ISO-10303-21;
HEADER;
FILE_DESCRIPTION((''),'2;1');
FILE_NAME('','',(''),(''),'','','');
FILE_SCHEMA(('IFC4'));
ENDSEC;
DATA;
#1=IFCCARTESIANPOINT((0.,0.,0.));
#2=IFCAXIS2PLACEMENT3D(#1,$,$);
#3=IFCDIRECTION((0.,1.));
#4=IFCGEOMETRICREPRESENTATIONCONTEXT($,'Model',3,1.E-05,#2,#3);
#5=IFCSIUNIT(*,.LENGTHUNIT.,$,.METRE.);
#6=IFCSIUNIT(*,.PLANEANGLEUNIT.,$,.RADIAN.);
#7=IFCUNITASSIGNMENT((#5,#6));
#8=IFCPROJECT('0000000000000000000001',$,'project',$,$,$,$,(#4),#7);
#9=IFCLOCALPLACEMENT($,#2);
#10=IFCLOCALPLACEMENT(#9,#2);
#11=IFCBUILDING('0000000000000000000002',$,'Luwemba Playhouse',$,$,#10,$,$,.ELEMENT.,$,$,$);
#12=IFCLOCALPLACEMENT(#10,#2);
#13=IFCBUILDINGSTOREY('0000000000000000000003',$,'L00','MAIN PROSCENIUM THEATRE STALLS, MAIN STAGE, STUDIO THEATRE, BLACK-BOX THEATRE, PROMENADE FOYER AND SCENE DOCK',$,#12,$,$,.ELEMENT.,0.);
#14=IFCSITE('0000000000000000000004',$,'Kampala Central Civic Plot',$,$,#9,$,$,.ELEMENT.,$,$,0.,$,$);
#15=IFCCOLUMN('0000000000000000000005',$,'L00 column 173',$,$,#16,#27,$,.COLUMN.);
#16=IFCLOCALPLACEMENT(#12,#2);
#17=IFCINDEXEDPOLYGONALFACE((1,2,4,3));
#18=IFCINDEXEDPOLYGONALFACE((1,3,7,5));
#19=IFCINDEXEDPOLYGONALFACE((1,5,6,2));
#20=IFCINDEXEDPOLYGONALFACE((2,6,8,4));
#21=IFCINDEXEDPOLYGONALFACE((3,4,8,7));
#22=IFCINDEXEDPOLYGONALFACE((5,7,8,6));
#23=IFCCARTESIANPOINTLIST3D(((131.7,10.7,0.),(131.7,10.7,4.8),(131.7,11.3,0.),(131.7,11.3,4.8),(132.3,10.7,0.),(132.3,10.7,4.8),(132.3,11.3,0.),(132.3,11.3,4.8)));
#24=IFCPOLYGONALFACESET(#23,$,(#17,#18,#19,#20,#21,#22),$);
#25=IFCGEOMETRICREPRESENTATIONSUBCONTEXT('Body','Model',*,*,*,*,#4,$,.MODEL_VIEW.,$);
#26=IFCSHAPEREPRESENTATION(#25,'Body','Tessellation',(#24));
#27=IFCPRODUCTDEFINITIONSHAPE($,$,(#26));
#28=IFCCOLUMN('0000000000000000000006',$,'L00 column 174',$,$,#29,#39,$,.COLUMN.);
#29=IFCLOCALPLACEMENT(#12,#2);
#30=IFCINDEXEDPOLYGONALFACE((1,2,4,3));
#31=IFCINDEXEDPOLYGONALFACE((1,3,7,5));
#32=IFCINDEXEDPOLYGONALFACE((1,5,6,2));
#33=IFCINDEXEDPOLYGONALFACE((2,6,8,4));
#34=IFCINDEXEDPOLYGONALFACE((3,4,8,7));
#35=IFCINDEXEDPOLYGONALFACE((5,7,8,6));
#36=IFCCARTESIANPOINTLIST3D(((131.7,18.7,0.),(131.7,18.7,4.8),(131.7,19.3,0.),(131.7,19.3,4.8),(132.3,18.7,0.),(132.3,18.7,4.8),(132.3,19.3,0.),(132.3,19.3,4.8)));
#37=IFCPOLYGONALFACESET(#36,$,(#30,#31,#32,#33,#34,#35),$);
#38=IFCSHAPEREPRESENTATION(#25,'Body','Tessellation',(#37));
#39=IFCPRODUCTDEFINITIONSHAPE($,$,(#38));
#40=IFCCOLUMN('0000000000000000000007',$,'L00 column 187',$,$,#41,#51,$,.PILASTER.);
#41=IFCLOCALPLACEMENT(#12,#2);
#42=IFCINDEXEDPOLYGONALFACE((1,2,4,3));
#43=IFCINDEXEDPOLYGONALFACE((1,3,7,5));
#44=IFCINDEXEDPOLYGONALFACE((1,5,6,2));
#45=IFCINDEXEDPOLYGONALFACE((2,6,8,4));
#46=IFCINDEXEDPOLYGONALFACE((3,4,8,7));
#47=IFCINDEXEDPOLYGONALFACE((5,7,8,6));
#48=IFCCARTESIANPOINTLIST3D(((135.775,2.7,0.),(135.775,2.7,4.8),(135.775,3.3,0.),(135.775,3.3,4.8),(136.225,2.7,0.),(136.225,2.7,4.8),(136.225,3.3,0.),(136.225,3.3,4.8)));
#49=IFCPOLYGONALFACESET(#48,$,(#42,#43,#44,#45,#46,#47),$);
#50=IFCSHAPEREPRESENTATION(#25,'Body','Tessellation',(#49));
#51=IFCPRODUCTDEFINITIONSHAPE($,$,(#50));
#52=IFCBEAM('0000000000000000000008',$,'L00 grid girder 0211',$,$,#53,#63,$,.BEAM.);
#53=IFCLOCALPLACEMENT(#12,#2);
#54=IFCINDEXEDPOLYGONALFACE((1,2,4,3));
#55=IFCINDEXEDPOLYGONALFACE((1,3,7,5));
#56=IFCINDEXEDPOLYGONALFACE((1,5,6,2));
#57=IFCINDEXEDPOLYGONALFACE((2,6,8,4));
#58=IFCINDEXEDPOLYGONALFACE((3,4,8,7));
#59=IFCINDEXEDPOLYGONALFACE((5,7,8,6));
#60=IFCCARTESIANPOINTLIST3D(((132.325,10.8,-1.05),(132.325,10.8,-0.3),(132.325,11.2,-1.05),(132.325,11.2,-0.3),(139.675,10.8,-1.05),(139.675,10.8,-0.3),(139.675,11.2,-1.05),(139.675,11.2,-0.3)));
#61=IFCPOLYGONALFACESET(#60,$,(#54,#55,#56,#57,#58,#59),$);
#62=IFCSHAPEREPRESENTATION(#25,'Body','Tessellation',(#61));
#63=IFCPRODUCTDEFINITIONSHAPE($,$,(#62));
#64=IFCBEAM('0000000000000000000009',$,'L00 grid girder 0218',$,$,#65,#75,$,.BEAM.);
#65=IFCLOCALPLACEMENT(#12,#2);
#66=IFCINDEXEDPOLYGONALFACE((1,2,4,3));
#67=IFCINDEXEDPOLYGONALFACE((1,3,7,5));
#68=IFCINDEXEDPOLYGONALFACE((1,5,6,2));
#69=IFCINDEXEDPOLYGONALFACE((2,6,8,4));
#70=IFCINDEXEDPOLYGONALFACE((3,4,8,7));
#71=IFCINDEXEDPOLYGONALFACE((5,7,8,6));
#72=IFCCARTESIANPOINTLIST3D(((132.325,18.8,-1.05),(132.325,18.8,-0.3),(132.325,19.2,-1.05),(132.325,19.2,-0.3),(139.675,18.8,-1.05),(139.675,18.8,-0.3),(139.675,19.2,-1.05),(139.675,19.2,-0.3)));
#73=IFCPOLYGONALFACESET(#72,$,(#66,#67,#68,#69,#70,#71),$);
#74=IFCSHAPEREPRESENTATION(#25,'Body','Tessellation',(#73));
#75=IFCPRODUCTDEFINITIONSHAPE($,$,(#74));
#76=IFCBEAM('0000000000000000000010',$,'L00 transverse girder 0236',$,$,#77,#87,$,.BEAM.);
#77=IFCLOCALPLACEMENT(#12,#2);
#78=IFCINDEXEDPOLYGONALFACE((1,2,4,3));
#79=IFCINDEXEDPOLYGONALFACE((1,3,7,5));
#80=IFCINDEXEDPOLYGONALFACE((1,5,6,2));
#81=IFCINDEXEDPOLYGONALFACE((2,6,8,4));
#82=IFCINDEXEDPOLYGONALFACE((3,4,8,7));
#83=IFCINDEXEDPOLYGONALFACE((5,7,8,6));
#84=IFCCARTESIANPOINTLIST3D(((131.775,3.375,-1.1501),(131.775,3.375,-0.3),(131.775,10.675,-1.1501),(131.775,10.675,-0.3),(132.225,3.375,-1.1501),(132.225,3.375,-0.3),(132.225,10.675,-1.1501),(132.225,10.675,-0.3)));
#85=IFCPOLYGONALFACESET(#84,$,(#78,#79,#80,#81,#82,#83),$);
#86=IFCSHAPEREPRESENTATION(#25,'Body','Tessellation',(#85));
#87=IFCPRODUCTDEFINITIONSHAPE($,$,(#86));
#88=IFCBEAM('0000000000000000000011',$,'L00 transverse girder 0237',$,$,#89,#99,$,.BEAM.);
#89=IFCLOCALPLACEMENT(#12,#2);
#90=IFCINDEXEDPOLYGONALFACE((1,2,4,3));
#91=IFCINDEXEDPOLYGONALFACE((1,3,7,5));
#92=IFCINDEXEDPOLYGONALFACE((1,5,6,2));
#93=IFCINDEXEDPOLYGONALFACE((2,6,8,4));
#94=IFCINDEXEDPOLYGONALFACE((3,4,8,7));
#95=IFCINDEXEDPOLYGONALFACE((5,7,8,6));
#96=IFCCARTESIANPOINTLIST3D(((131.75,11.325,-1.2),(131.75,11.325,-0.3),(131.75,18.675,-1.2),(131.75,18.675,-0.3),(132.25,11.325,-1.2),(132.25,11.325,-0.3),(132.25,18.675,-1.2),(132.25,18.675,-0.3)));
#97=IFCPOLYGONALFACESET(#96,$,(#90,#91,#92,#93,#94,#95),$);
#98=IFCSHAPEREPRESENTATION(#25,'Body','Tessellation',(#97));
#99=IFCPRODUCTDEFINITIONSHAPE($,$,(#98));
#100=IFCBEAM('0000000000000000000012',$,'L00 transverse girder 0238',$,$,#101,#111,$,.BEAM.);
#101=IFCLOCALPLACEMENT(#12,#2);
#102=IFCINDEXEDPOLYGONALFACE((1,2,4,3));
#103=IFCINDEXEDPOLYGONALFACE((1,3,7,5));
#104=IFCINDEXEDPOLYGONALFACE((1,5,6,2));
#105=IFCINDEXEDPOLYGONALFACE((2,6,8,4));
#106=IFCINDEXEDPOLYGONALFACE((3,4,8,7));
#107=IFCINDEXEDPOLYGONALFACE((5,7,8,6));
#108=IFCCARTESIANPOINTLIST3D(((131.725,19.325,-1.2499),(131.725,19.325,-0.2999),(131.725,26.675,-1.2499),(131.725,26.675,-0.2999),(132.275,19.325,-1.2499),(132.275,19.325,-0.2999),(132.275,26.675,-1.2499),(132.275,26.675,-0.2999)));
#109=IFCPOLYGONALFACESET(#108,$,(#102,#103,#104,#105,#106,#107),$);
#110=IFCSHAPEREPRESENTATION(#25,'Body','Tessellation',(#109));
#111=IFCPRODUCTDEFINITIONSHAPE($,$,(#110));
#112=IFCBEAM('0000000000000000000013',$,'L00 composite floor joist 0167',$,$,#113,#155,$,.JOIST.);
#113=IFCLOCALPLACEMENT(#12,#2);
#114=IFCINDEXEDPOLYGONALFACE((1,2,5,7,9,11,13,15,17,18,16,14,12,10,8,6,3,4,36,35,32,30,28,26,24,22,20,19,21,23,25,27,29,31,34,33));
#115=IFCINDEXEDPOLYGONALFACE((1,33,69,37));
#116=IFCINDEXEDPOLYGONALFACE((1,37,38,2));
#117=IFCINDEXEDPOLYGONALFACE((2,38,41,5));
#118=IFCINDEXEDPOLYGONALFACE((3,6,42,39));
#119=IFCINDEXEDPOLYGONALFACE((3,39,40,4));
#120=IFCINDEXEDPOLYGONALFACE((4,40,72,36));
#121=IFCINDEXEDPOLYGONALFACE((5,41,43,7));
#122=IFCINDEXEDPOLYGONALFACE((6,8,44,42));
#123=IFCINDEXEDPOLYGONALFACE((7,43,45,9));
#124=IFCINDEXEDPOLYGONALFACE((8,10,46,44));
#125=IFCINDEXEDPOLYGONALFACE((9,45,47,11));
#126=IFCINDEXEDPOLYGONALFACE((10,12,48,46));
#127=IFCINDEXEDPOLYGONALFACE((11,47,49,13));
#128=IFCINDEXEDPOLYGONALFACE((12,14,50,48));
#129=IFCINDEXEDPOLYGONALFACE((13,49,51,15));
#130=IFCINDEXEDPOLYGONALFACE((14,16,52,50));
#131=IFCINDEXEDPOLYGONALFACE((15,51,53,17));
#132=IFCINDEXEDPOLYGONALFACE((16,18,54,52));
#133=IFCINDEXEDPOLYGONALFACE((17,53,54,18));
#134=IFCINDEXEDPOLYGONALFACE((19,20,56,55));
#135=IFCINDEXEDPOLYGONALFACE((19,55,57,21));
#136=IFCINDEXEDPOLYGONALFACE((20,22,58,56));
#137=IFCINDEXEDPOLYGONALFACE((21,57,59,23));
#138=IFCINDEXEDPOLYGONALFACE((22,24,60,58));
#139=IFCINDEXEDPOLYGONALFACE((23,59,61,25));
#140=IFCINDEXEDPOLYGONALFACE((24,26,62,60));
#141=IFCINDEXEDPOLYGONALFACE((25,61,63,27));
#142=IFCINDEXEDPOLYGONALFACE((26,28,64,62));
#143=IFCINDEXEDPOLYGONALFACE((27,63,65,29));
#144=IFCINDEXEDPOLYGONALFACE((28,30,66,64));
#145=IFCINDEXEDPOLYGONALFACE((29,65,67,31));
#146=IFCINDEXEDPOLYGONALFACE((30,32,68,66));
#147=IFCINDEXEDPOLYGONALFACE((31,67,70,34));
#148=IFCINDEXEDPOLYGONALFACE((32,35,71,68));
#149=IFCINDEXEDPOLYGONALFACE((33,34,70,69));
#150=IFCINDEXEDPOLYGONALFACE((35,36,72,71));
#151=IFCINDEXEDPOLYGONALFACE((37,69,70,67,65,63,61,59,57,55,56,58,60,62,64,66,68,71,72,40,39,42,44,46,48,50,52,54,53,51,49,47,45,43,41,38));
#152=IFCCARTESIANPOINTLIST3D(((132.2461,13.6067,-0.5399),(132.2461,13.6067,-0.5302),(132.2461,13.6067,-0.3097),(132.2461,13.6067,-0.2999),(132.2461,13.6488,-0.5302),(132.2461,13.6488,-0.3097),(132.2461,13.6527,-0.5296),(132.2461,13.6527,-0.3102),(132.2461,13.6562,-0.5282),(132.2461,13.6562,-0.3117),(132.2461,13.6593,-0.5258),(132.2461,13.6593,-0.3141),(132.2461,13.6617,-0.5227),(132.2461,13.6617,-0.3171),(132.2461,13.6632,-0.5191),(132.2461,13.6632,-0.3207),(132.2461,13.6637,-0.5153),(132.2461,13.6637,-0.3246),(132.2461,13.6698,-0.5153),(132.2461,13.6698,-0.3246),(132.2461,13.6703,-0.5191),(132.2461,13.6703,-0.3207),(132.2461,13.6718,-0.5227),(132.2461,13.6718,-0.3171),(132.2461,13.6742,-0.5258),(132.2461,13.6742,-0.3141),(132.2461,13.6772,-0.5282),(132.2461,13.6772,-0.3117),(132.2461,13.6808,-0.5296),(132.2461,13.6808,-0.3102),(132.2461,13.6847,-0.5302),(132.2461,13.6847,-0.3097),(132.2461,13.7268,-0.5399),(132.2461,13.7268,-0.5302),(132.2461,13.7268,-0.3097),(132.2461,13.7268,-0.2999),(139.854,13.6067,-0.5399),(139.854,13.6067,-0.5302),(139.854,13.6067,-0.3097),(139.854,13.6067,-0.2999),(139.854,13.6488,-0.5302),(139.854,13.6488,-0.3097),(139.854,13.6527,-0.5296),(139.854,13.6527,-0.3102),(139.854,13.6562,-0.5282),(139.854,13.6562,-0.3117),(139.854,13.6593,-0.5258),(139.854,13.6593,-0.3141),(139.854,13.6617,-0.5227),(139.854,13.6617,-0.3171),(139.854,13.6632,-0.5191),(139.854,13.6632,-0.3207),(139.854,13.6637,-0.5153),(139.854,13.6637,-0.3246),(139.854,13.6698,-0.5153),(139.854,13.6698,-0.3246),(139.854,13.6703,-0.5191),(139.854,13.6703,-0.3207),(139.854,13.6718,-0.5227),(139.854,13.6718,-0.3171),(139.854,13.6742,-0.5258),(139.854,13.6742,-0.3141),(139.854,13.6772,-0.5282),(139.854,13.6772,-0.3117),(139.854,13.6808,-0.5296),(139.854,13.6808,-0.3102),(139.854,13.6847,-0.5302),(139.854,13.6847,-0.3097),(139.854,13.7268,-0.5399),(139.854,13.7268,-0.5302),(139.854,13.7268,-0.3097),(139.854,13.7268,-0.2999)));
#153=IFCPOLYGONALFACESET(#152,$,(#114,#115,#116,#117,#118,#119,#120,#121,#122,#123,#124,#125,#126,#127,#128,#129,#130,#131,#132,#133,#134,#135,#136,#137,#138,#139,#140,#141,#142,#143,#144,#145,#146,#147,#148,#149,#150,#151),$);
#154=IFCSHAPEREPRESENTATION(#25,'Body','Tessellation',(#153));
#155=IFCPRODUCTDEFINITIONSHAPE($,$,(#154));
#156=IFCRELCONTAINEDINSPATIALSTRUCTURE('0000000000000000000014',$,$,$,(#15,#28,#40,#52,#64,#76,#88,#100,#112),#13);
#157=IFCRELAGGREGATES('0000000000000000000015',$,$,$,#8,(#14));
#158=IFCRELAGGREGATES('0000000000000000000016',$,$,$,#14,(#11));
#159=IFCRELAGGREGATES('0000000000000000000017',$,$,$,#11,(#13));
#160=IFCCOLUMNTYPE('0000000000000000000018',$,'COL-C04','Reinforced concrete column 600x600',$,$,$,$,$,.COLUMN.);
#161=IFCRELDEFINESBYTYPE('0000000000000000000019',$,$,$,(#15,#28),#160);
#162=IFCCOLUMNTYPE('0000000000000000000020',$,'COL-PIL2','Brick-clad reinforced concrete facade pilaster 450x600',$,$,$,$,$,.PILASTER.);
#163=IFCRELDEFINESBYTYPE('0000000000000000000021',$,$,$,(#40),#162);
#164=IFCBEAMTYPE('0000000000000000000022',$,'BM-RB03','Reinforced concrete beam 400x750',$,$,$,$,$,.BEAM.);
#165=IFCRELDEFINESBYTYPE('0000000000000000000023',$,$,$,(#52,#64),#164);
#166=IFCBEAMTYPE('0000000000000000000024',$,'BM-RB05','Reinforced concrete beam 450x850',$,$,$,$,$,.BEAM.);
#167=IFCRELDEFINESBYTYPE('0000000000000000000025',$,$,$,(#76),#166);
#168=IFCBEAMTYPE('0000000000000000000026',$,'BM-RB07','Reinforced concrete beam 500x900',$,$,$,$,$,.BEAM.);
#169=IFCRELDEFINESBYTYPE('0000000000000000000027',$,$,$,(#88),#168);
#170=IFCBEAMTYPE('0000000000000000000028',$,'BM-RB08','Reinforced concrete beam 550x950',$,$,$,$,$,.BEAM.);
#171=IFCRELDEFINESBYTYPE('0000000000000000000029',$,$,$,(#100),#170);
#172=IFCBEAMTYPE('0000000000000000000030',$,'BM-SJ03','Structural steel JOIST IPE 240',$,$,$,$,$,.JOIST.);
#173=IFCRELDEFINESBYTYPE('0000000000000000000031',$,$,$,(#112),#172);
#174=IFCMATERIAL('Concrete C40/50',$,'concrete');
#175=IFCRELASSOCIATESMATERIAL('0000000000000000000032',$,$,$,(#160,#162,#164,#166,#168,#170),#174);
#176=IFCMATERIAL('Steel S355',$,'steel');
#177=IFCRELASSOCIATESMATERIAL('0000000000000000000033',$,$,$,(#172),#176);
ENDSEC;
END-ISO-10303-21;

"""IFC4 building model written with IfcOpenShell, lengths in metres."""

from ifc_helpers import new_model, si_unit, direction, frame, origin, origin_2d, place, context, subcontext, project, spatial, rectangle, i_section, extrude, material, material_profile, profile_set, type_object, element, save


model = new_model("IFC4")

# Units and contexts
model_context = context("Model", 3, precision=1e-05, world=origin(), true_north=direction((0.0, 1.0)))
body_context = subcontext(model_context, "Body", "Model", "MODEL_VIEW")
ifc_project = project(units=[si_unit("LENGTHUNIT", "METRE"), si_unit("PLANEANGLEUNIT", "RADIAN")], contexts=[model_context])

# Site, building, storey
site_placement = place(None, origin())
site = spatial("IfcSite", under=ifc_project, at=site_placement, Name="Kampala Central Civic Plot", CompositionType="ELEMENT", RefElevation=0.0)
building_placement = place(site_placement, origin())
building = spatial("IfcBuilding", under=site, at=building_placement, Name="Luwemba Playhouse", CompositionType="ELEMENT")
storey_placement = place(building_placement, origin())
storey = spatial("IfcBuildingStorey", under=building, at=storey_placement, Name="L00", Description="MAIN PROSCENIUM THEATRE STALLS, MAIN STAGE, STUDIO THEATRE, BLACK-BOX THEATRE, PROMENADE FOYER AND SCENE DOCK", CompositionType="ELEMENT", Elevation=0.0)

# Columns
ifc_material_1 = material(Name="Concrete C40/50", Category="concrete")
ifc_material_profile_1 = material_profile(ifc_material_1, rectangle(XDim=0.6001, YDim=0.6001, at=origin_2d()))
ifc_profile_set_1 = profile_set([ifc_material_profile_1], Name="Concrete C40/50")
column_type_1 = type_object("IfcColumnType", Name="COL-C04", Description="Reinforced concrete column 600x600", PredefinedType="COLUMN", material=ifc_profile_set_1)
for number, where, z_axis, x_axis, name in (
    (1, (132.0, 11.0, 0.0), (0.0, 0.0, 1.0), (1.0, 0.0, 0.0), "L00 column 173"),
    (2, (132.0, 19.0, 0.0), (0.0, 0.0, 1.0), (1.0, 0.0, 0.0), "L00 column 174"),
):
    element("IfcColumn", number, at=place(storey_placement, frame(where, z_axis=z_axis, x_axis=x_axis)), inside=storey, type_object=column_type_1, Name=name, PredefinedType="COLUMN", context=body_context, shape_type="SweptSolid", body=[
        extrude(rectangle(XDim=0.6001, YDim=0.6001, at=origin_2d()), origin(), (0.0, 0.0, 1.0), 4.8),
    ])
ifc_material_profile_2 = material_profile(ifc_material_1, rectangle(XDim=0.45, YDim=0.6001, at=origin_2d()))
ifc_profile_set_2 = profile_set([ifc_material_profile_2], Name="Concrete C40/50")
column_type_2 = type_object("IfcColumnType", Name="COL-PIL2", Description="Brick-clad reinforced concrete facade pilaster 450x600", PredefinedType="PILASTER", material=ifc_profile_set_2)
column_placement = place(storey_placement, frame((136.0, 3.0, 0.0), z_axis=(0.0, 0.0, 1.0), x_axis=(1.0, 0.0, 0.0)))
element("IfcColumn", 3, at=column_placement, inside=storey, type_object=column_type_2, Name="L00 column 187", PredefinedType="PILASTER", context=body_context, shape_type="SweptSolid", body=[
    extrude(rectangle(XDim=0.45, YDim=0.6001, at=origin_2d()), origin(), (0.0, 0.0, 1.0), 4.8),
])

# Beams
ifc_material_profile_3 = material_profile(ifc_material_1, rectangle(XDim=0.3999, YDim=0.75, at=origin_2d()))
ifc_profile_set_3 = profile_set([ifc_material_profile_3], Name="Concrete C40/50")
beam_type_1 = type_object("IfcBeamType", Name="BM-RB03", Description="Reinforced concrete beam 400x750", PredefinedType="BEAM", material=ifc_profile_set_3)
for number, where, z_axis, x_axis, name in (
    (4, (132.325, 11.0, -0.675), (1.0, 0.0, 0.0), (0.0, 1.0, 0.0), "L00 grid girder 0211"),
    (5, (132.325, 19.0, -0.675), (1.0, 0.0, 0.0), (0.0, 1.0, 0.0), "L00 grid girder 0218"),
):
    element("IfcBeam", number, at=place(storey_placement, frame(where, z_axis=z_axis, x_axis=x_axis)), inside=storey, type_object=beam_type_1, Name=name, PredefinedType="BEAM", context=body_context, shape_type="SweptSolid", body=[
        extrude(rectangle(XDim=0.3999, YDim=0.75, at=origin_2d()), origin(), (0.0, 0.0, 1.0), 7.3501),
    ])
ifc_material_profile_4 = material_profile(ifc_material_1, rectangle(XDim=0.45, YDim=0.8501, at=origin_2d()))
ifc_profile_set_4 = profile_set([ifc_material_profile_4], Name="Concrete C40/50")
beam_type_2 = type_object("IfcBeamType", Name="BM-RB05", Description="Reinforced concrete beam 450x850", PredefinedType="BEAM", material=ifc_profile_set_4)
beam_1_placement = place(storey_placement, frame((132.0, 3.375, -0.7251), z_axis=(0.0, 1.0, 0.0), x_axis=(-1.0, 0.0, 0.0)))
element("IfcBeam", 6, at=beam_1_placement, inside=storey, type_object=beam_type_2, Name="L00 transverse girder 0236", PredefinedType="BEAM", context=body_context, shape_type="SweptSolid", body=[
    extrude(rectangle(XDim=0.45, YDim=0.8501, at=origin_2d()), origin(), (0.0, 0.0, 1.0), 7.3),
])
ifc_material_profile_5 = material_profile(ifc_material_1, rectangle(XDim=0.5, YDim=0.8999, at=origin_2d()))
ifc_profile_set_5 = profile_set([ifc_material_profile_5], Name="Concrete C40/50")
beam_type_3 = type_object("IfcBeamType", Name="BM-RB07", Description="Reinforced concrete beam 500x900", PredefinedType="BEAM", material=ifc_profile_set_5)
beam_2_placement = place(storey_placement, frame((132.0, 11.325, -0.75), z_axis=(0.0, 1.0, 0.0), x_axis=(-1.0, 0.0, 0.0)))
element("IfcBeam", 7, at=beam_2_placement, inside=storey, type_object=beam_type_3, Name="L00 transverse girder 0237", PredefinedType="BEAM", context=body_context, shape_type="SweptSolid", body=[
    extrude(rectangle(XDim=0.5, YDim=0.8999, at=origin_2d()), origin(), (0.0, 0.0, 1.0), 7.3501),
])
ifc_material_profile_6 = material_profile(ifc_material_1, rectangle(XDim=0.55, YDim=0.95, at=origin_2d()))
ifc_profile_set_6 = profile_set([ifc_material_profile_6], Name="Concrete C40/50")
beam_type_4 = type_object("IfcBeamType", Name="BM-RB08", Description="Reinforced concrete beam 550x950", PredefinedType="BEAM", material=ifc_profile_set_6)
beam_3_placement = place(storey_placement, frame((132.0, 19.325, -0.7749), z_axis=(0.0, 1.0, 0.0), x_axis=(-1.0, 0.0, 0.0)))
element("IfcBeam", 8, at=beam_3_placement, inside=storey, type_object=beam_type_4, Name="L00 transverse girder 0238", PredefinedType="BEAM", context=body_context, shape_type="SweptSolid", body=[
    extrude(rectangle(XDim=0.55, YDim=0.95, at=origin_2d()), origin(), (0.0, 0.0, 1.0), 7.3501),
])
ifc_material_2 = material(Name="Steel S355", Category="steel")
ifc_material_profile_7 = material_profile(ifc_material_2, i_section(OverallWidth=0.1201, OverallDepth=0.24, WebThickness=0.0061, FlangeThickness=0.0098, FilletRadius=0.0149, at=origin_2d()))
ifc_profile_set_7 = profile_set([ifc_material_profile_7], Name="Steel S355")
beam_type_5 = type_object("IfcBeamType", Name="BM-SJ03", Description="Structural steel JOIST IPE 240", PredefinedType="JOIST", material=ifc_profile_set_7)
beam_4_placement = place(storey_placement, frame((132.2461, 13.6667, -0.4199), z_axis=(1.0, 0.0, 0.0), x_axis=(0.0, 1.0, 0.0)))
element("IfcBeam", 9, at=beam_4_placement, inside=storey, type_object=beam_type_5, Name="L00 composite floor joist 0167", PredefinedType="JOIST", context=body_context, shape_type="SweptSolid", body=[
    extrude(i_section(OverallWidth=0.1201, OverallDepth=0.24, WebThickness=0.0061, FlangeThickness=0.0098, FilletRadius=0.0149, at=origin_2d()), origin(), (0.0, 0.0, 1.0), 7.6079),
])

save(model, "model.ifc")
